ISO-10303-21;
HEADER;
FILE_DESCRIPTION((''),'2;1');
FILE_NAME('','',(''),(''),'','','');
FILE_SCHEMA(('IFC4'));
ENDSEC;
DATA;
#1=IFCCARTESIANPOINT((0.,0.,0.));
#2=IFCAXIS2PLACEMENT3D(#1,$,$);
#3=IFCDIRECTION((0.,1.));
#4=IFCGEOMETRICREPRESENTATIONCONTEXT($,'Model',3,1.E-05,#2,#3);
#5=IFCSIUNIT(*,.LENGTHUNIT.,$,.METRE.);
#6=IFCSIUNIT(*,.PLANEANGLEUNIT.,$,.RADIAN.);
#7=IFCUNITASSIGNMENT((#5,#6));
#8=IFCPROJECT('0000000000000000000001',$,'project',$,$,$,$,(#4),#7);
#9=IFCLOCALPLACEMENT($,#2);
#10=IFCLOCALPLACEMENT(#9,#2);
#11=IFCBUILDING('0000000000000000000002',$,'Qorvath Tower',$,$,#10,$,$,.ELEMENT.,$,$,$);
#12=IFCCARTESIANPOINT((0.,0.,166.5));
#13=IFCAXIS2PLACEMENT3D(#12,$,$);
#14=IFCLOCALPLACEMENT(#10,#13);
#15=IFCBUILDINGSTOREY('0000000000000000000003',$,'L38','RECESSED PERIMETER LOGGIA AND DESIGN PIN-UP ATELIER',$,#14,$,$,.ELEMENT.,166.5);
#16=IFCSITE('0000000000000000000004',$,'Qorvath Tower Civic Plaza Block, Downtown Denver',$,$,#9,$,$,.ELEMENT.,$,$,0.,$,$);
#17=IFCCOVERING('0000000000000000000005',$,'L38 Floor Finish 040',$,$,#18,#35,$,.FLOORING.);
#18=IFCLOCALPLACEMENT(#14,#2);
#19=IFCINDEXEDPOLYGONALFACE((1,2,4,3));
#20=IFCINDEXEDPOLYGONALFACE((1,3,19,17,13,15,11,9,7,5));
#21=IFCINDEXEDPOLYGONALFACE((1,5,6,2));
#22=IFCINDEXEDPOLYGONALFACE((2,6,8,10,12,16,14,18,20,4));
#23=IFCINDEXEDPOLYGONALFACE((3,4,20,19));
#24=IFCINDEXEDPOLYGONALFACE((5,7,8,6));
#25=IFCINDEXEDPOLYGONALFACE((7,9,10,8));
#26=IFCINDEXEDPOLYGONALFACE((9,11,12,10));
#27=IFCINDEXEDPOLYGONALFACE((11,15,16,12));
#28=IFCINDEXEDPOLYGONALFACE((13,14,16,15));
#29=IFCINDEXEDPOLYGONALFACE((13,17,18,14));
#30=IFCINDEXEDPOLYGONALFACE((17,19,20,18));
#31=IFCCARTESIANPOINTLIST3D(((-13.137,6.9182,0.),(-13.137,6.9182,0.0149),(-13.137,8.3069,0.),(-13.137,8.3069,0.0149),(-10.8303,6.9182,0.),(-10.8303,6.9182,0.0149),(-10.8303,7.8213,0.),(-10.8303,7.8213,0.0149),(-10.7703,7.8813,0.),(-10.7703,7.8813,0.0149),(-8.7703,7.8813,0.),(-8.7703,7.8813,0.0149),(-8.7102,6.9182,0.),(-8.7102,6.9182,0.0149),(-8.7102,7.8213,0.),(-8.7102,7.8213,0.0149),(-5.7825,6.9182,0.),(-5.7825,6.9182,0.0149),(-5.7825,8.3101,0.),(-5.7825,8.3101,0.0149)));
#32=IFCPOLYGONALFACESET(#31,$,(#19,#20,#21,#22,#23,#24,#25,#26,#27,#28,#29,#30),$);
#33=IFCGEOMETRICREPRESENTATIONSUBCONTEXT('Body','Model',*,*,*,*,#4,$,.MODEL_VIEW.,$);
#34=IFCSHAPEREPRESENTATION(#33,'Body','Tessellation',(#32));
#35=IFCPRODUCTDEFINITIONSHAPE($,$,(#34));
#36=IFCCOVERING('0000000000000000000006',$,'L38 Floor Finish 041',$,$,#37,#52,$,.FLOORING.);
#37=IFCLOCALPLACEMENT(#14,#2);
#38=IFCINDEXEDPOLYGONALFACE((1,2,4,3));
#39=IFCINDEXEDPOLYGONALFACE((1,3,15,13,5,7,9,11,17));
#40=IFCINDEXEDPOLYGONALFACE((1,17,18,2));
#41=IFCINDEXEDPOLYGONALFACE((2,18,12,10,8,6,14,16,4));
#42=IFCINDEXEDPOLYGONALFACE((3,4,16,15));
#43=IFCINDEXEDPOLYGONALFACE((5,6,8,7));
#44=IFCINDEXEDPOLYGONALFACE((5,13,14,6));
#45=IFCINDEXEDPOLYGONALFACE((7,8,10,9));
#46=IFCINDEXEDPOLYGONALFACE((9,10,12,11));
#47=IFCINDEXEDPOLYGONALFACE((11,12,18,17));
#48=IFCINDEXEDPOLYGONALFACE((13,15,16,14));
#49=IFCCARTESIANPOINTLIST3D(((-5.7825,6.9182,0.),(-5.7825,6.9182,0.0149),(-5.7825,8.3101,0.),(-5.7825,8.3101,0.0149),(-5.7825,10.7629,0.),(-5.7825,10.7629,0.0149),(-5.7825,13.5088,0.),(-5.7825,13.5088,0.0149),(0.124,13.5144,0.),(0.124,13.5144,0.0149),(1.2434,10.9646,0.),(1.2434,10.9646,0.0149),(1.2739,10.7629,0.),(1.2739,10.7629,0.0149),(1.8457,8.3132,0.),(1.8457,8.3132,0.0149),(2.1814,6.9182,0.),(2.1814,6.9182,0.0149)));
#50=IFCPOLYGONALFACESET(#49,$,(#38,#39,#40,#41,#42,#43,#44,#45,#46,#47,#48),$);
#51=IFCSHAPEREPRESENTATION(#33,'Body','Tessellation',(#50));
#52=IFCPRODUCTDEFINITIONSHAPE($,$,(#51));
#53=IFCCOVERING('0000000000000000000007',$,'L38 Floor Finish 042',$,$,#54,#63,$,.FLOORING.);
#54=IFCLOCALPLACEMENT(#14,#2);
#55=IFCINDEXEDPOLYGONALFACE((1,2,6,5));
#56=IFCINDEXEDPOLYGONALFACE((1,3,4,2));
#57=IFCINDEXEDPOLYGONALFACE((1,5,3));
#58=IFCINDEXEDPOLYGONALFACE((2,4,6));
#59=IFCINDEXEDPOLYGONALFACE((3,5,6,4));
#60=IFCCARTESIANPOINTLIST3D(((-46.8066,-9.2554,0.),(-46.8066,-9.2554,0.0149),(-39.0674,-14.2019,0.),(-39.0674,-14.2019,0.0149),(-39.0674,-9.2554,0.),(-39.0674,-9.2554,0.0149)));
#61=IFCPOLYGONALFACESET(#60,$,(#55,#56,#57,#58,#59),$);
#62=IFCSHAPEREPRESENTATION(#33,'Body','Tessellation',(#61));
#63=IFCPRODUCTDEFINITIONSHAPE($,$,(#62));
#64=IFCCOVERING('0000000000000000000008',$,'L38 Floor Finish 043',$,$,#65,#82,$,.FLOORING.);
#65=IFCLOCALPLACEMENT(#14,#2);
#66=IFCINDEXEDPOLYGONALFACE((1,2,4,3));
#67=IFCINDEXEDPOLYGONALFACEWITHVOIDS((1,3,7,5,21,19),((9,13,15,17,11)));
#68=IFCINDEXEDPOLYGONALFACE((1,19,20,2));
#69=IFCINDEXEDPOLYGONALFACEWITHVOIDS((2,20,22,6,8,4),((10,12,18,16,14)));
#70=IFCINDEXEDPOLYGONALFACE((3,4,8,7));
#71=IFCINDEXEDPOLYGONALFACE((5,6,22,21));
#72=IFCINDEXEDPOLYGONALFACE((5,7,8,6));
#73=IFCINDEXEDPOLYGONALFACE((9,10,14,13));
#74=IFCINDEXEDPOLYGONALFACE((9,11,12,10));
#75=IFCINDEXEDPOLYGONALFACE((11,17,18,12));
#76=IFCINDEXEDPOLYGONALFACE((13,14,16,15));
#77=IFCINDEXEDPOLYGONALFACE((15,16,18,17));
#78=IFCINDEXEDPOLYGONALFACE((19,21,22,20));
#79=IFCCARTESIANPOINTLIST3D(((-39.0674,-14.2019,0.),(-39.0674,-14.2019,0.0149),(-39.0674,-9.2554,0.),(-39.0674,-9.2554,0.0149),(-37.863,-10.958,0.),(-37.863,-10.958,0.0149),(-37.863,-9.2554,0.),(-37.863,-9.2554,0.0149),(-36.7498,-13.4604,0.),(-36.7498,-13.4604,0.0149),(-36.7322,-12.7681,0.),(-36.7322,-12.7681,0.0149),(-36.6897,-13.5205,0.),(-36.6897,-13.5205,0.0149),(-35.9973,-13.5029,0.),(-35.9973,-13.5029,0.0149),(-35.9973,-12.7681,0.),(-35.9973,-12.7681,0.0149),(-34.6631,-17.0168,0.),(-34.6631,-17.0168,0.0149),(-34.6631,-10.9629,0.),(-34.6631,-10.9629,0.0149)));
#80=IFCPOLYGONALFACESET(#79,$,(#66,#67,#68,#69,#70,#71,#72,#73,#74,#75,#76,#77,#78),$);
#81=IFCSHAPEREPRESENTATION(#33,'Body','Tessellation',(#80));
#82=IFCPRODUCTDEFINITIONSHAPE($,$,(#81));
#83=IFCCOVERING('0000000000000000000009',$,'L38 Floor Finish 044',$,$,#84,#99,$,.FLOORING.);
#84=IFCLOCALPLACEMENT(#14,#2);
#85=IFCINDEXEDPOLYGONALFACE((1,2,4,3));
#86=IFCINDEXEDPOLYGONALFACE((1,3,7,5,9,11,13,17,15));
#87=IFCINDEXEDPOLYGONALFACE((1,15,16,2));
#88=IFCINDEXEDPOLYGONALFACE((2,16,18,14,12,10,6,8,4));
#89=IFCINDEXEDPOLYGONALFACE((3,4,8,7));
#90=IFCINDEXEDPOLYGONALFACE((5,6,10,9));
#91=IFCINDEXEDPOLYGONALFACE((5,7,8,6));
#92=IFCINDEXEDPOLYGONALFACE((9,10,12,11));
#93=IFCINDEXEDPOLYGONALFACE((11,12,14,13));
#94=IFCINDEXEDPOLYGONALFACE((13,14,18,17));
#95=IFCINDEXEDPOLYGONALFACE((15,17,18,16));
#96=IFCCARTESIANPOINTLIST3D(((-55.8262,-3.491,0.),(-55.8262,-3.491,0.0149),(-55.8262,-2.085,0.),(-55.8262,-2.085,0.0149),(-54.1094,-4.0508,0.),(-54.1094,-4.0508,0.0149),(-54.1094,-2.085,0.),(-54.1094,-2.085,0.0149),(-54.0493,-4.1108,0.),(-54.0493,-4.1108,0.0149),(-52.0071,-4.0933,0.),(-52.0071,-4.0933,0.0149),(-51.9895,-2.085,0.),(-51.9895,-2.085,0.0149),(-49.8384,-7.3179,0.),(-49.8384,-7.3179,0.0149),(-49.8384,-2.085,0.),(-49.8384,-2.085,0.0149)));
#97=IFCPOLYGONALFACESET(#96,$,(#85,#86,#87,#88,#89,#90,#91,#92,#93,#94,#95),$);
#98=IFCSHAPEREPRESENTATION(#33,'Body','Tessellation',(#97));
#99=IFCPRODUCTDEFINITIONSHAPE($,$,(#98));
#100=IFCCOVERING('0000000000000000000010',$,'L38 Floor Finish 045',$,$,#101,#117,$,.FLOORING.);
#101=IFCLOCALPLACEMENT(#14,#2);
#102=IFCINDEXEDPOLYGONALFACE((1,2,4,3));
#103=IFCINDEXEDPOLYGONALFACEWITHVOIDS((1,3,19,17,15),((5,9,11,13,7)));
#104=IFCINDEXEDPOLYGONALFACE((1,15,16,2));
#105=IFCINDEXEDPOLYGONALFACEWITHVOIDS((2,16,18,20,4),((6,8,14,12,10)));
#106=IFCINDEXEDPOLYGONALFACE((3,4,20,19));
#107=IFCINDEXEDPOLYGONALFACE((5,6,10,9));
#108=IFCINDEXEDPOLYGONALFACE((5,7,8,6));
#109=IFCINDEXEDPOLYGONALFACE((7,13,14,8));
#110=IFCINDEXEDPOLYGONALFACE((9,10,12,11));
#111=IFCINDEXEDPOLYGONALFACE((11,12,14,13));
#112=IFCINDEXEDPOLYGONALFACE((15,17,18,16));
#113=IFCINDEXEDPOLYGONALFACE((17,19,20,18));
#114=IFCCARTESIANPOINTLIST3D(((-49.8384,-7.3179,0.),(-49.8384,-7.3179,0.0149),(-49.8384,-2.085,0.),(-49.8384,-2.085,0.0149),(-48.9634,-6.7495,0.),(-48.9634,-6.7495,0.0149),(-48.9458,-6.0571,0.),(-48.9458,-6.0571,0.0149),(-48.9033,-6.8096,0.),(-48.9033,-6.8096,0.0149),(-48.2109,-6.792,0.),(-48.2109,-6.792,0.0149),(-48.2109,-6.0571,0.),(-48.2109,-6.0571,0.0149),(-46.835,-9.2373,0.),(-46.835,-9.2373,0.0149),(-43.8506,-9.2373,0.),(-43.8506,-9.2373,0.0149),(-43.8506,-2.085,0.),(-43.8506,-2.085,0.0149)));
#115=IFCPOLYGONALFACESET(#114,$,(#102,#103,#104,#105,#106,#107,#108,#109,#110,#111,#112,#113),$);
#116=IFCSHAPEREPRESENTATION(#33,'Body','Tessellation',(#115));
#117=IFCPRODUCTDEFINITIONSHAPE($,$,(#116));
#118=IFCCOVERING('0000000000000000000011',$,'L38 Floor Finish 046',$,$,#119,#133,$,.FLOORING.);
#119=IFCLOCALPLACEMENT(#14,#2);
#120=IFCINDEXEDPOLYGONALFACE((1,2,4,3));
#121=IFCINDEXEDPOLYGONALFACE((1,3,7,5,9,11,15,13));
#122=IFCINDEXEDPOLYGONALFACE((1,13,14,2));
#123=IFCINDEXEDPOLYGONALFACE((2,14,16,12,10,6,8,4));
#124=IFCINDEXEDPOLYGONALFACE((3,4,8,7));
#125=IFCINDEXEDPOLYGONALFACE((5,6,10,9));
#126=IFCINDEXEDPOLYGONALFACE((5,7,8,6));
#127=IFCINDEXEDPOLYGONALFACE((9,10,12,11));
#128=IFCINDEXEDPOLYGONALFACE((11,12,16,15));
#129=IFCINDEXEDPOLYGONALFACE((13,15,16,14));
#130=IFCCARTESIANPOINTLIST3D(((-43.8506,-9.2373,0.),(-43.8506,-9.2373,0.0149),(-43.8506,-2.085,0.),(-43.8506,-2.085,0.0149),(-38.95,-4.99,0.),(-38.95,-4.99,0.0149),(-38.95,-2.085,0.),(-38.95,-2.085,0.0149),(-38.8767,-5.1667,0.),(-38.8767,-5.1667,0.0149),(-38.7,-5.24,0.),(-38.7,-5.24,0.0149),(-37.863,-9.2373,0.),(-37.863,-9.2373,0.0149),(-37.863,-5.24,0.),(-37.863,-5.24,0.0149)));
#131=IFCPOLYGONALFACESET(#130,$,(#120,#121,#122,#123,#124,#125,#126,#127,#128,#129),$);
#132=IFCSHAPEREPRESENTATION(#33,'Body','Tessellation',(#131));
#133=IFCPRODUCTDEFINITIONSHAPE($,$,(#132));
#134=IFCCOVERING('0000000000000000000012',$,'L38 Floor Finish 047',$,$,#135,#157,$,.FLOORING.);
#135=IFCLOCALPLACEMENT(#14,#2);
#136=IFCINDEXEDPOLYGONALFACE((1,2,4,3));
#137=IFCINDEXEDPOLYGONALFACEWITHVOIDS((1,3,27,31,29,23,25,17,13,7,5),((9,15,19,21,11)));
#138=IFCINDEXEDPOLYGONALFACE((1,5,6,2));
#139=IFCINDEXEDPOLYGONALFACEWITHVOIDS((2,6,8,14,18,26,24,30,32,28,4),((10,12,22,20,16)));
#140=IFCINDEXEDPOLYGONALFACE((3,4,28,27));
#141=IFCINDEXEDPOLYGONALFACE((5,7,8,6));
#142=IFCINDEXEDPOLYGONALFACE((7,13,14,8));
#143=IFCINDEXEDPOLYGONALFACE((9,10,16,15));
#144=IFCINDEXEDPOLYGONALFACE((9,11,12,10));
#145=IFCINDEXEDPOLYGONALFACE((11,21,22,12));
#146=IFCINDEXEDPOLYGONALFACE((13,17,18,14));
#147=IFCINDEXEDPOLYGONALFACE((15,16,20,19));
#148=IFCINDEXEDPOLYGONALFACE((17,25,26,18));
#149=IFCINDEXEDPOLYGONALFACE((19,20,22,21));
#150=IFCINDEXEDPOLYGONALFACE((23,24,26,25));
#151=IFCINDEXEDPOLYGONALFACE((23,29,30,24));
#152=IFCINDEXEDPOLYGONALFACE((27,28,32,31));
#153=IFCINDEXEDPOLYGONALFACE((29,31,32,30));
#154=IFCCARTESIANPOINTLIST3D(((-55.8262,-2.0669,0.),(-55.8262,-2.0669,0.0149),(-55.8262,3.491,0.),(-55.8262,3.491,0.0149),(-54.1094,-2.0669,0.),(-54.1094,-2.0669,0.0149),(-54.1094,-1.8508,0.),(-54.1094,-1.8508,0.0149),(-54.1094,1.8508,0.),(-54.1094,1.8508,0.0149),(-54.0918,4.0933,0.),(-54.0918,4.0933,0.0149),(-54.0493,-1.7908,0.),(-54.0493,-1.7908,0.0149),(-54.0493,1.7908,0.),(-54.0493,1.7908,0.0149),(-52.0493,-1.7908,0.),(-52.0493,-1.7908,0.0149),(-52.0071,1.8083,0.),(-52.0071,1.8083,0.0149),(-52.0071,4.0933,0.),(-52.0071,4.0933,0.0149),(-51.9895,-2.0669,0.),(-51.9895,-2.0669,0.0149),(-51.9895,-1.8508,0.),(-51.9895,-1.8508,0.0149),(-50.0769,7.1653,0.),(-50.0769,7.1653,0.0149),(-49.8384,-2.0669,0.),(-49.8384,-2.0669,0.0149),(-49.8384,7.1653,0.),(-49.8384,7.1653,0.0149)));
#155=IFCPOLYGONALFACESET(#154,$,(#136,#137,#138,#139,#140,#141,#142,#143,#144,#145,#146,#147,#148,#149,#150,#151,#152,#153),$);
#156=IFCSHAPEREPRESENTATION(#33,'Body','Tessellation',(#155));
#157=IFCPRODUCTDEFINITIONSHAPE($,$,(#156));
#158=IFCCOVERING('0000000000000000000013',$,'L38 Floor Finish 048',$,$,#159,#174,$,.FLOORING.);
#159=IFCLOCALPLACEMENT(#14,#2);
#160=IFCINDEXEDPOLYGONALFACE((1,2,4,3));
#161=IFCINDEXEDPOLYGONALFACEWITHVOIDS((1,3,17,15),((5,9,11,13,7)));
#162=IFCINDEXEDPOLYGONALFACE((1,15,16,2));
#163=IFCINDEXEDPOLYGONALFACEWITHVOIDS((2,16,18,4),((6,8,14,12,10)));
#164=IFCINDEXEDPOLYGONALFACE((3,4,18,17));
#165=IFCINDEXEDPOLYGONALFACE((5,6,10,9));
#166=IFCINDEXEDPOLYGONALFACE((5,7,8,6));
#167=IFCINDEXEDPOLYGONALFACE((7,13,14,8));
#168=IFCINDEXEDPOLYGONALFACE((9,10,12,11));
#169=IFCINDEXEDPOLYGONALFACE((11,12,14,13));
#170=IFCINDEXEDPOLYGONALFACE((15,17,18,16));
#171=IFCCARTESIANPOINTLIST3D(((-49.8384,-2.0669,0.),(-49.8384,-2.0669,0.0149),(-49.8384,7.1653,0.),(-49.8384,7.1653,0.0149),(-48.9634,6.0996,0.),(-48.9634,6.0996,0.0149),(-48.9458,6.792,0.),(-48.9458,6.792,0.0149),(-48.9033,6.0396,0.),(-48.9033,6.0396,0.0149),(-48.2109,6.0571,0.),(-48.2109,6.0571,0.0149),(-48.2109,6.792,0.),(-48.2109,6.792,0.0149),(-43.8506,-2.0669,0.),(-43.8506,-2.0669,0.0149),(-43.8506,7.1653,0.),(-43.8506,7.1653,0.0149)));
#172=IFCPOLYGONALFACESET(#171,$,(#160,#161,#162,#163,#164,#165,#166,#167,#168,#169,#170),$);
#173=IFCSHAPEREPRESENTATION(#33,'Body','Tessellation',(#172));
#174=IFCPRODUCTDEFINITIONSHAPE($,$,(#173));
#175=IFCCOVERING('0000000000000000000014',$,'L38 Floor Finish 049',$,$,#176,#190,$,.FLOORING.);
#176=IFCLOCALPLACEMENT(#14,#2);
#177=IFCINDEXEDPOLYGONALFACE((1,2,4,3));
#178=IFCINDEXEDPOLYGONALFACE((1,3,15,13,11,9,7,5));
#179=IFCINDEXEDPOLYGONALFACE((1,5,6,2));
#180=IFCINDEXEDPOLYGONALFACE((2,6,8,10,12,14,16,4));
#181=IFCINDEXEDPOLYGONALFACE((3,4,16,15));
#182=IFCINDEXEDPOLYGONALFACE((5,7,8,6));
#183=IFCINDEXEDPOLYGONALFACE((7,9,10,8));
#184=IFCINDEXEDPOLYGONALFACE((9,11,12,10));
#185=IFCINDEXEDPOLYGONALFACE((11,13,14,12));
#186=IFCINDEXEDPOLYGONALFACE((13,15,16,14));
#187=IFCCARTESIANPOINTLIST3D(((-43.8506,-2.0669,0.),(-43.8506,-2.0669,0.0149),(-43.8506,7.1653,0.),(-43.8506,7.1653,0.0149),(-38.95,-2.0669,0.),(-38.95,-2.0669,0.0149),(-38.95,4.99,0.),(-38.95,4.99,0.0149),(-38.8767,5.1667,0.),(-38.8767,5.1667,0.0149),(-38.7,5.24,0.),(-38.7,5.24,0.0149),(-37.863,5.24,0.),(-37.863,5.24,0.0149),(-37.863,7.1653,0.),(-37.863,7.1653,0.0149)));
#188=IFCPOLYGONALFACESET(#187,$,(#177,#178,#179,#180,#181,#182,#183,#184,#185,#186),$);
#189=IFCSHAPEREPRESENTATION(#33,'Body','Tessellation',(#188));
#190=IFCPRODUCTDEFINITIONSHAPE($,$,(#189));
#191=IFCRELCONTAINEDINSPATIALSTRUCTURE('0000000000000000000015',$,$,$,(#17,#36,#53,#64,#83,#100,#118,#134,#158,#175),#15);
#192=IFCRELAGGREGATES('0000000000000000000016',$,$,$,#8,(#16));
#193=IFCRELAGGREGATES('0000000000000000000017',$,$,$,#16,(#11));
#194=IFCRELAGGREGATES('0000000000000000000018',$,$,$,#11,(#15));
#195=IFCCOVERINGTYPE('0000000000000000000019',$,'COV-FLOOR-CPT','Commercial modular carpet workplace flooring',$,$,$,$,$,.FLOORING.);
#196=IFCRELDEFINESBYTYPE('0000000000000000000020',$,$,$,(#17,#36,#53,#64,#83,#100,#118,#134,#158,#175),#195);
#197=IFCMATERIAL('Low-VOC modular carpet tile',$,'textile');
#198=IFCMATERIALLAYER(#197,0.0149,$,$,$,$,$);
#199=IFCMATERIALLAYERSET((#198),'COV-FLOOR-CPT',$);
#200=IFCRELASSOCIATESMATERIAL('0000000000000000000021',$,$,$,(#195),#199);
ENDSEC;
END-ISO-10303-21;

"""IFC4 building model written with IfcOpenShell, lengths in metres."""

from ifc_helpers import new_model, si_unit, direction, frame, origin, place, context, subcontext, project, spatial, polyline, outline, extrude, material, layer, layer_set, type_object, element, save


model = new_model("IFC4")

# Units and contexts
model_context = context("Model", 3, precision=1e-05, world=origin(), true_north=direction((0.0, 1.0)))
body_context = subcontext(model_context, "Body", "Model", "MODEL_VIEW")
ifc_project = project(units=[si_unit("LENGTHUNIT", "METRE"), si_unit("PLANEANGLEUNIT", "RADIAN")], contexts=[model_context])

# Site, building, storey
site_placement = place(None, origin())
site = spatial("IfcSite", under=ifc_project, at=site_placement, Name="Qorvath Tower Civic Plaza Block, Downtown Denver", CompositionType="ELEMENT", RefElevation=0.0)
building_placement = place(site_placement, origin())
building = spatial("IfcBuilding", under=site, at=building_placement, Name="Qorvath Tower", CompositionType="ELEMENT")
storey_placement = place(building_placement, frame((0.0, 0.0, 166.5)))
storey = spatial("IfcBuildingStorey", under=building, at=storey_placement, Name="L38", Description="RECESSED PERIMETER LOGGIA AND DESIGN PIN-UP ATELIER", CompositionType="ELEMENT", Elevation=166.5)

# Coverings
ifc_material_1 = material(Name="Low-VOC modular carpet tile", Category="textile")
ifc_layer_1 = layer(ifc_material_1, 0.0149)
ifc_layer_set_1 = layer_set([ifc_layer_1], Name="COV-FLOOR-CPT")
covering_type_1 = type_object("IfcCoveringType", Name="COV-FLOOR-CPT", Description="Commercial modular carpet workplace flooring", PredefinedType="FLOORING", material=ifc_layer_set_1)
covering_1_placement = place(storey_placement, origin())
element("IfcCovering", 1, at=covering_1_placement, inside=storey, type_object=covering_type_1, Name="L38 Floor Finish 040", PredefinedType="FLOORING", context=body_context, shape_type="SweptSolid", body=[
    extrude(outline(polyline([(-8.7102, 7.8213), (-8.7102, 6.9182), (-5.7825, 6.9182), (-5.7825, 8.3101), (-13.137, 8.3069), (-13.137, 6.9182), (-10.8303, 6.9182), (-10.8303, 7.8213), (-10.7703, 7.8813), (-8.7703, 7.8813), (-8.7102, 7.8213)])), origin(), (0.0, 0.0, 1.0), 0.0149),
])
covering_2_placement = place(storey_placement, origin())
element("IfcCovering", 2, at=covering_2_placement, inside=storey, type_object=covering_type_1, Name="L38 Floor Finish 041", PredefinedType="FLOORING", context=body_context, shape_type="SweptSolid", body=[
    extrude(outline(polyline([(-5.7825, 8.3101), (-5.7825, 6.9182), (2.1814, 6.9182), (1.2434, 10.9646), (0.124, 13.5144), (-5.7825, 13.5088), (-5.7825, 10.7629), (1.2739, 10.7629), (1.8457, 8.3132), (-5.7825, 8.3101)])), origin(), (0.0, 0.0, 1.0), 0.0149),
])
covering_3_placement = place(storey_placement, origin())
element("IfcCovering", 3, at=covering_3_placement, inside=storey, type_object=covering_type_1, Name="L38 Floor Finish 042", PredefinedType="FLOORING", context=body_context, shape_type="SweptSolid", body=[
    extrude(outline(polyline([(-39.0674, -14.2019), (-39.0674, -9.2554), (-46.8066, -9.2554), (-39.0674, -14.2019)])), origin(), (0.0, 0.0, 1.0), 0.0149),
])
covering_4_placement = place(storey_placement, origin())
element("IfcCovering", 4, at=covering_4_placement, inside=storey, type_object=covering_type_1, Name="L38 Floor Finish 043", PredefinedType="FLOORING", context=body_context, shape_type="SweptSolid", body=[
    extrude(outline(polyline([(-37.863, -10.958), (-37.863, -9.2554), (-39.0674, -9.2554), (-39.0674, -14.2019), (-34.6631, -17.0168), (-34.6631, -10.9629), (-37.863, -10.958)]), holes=[polyline([(-36.7498, -13.4604), (-36.7322, -12.7681), (-35.9973, -12.7681), (-35.9973, -13.5029), (-36.6897, -13.5205), (-36.7498, -13.4604)])]), origin(), (0.0, 0.0, 1.0), 0.0149),
])
covering_5_placement = place(storey_placement, origin())
element("IfcCovering", 5, at=covering_5_placement, inside=storey, type_object=covering_type_1, Name="L38 Floor Finish 044", PredefinedType="FLOORING", context=body_context, shape_type="SweptSolid", body=[
    extrude(outline(polyline([(-54.1094, -2.085), (-55.8262, -2.085), (-55.8262, -3.491), (-49.8384, -7.3179), (-49.8384, -2.085), (-51.9895, -2.085), (-52.0071, -4.0933), (-54.0493, -4.1108), (-54.1094, -4.0508), (-54.1094, -2.085)])), origin(), (0.0, 0.0, 1.0), 0.0149),
])
covering_6_placement = place(storey_placement, origin())
element("IfcCovering", 6, at=covering_6_placement, inside=storey, type_object=covering_type_1, Name="L38 Floor Finish 045", PredefinedType="FLOORING", context=body_context, shape_type="SweptSolid", body=[
    extrude(outline(polyline([(-49.8384, -2.085), (-49.8384, -7.3179), (-46.835, -9.2373), (-43.8506, -9.2373), (-43.8506, -2.085), (-49.8384, -2.085)]), holes=[polyline([(-48.9634, -6.7495), (-48.9458, -6.0571), (-48.2109, -6.0571), (-48.2109, -6.792), (-48.9033, -6.8096), (-48.9634, -6.7495)])]), origin(), (0.0, 0.0, 1.0), 0.0149),
])
covering_7_placement = place(storey_placement, origin())
element("IfcCovering", 7, at=covering_7_placement, inside=storey, type_object=covering_type_1, Name="L38 Floor Finish 046", PredefinedType="FLOORING", context=body_context, shape_type="SweptSolid", body=[
    extrude(outline(polyline([(-43.8506, -2.085), (-43.8506, -9.2373), (-37.863, -9.2373), (-37.863, -5.24), (-38.7, -5.24), (-38.8767, -5.1667), (-38.95, -4.99), (-38.95, -2.085), (-43.8506, -2.085)])), origin(), (0.0, 0.0, 1.0), 0.0149),
])
covering_8_placement = place(storey_placement, origin())
element("IfcCovering", 8, at=covering_8_placement, inside=storey, type_object=covering_type_1, Name="L38 Floor Finish 047", PredefinedType="FLOORING", context=body_context, shape_type="SweptSolid", body=[
    extrude(outline(polyline([(-55.8262, 3.491), (-55.8262, -2.0669), (-54.1094, -2.0669), (-54.1094, -1.8508), (-54.0493, -1.7908), (-52.0493, -1.7908), (-51.9895, -1.8508), (-51.9895, -2.0669), (-49.8384, -2.0669), (-49.8384, 7.1653), (-50.0769, 7.1653), (-55.8262, 3.491)]), holes=[polyline([(-54.1094, 1.8508), (-54.0918, 4.0933), (-52.0071, 4.0933), (-52.0071, 1.8083), (-54.0493, 1.7908), (-54.1094, 1.8508)])]), origin(), (0.0, 0.0, 1.0), 0.0149),
])
covering_9_placement = place(storey_placement, origin())
element("IfcCovering", 9, at=covering_9_placement, inside=storey, type_object=covering_type_1, Name="L38 Floor Finish 048", PredefinedType="FLOORING", context=body_context, shape_type="SweptSolid", body=[
    extrude(outline(polyline([(-49.8384, 7.1653), (-49.8384, -2.0669), (-43.8506, -2.0669), (-43.8506, 7.1653), (-49.8384, 7.1653)]), holes=[polyline([(-48.9634, 6.0996), (-48.9458, 6.792), (-48.2109, 6.792), (-48.2109, 6.0571), (-48.9033, 6.0396), (-48.9634, 6.0996)])]), origin(), (0.0, 0.0, 1.0), 0.0149),
])
covering_10_placement = place(storey_placement, origin())
element("IfcCovering", 10, at=covering_10_placement, inside=storey, type_object=covering_type_1, Name="L38 Floor Finish 049", PredefinedType="FLOORING", context=body_context, shape_type="SweptSolid", body=[
    extrude(outline(polyline([(-43.8506, 7.1653), (-43.8506, -2.0669), (-38.95, -2.0669), (-38.95, 4.99), (-38.8767, 5.1667), (-38.7, 5.24), (-37.863, 5.24), (-37.863, 7.1653), (-43.8506, 7.1653)])), origin(), (0.0, 0.0, 1.0), 0.0149),
])

save(model, "model.ifc")
